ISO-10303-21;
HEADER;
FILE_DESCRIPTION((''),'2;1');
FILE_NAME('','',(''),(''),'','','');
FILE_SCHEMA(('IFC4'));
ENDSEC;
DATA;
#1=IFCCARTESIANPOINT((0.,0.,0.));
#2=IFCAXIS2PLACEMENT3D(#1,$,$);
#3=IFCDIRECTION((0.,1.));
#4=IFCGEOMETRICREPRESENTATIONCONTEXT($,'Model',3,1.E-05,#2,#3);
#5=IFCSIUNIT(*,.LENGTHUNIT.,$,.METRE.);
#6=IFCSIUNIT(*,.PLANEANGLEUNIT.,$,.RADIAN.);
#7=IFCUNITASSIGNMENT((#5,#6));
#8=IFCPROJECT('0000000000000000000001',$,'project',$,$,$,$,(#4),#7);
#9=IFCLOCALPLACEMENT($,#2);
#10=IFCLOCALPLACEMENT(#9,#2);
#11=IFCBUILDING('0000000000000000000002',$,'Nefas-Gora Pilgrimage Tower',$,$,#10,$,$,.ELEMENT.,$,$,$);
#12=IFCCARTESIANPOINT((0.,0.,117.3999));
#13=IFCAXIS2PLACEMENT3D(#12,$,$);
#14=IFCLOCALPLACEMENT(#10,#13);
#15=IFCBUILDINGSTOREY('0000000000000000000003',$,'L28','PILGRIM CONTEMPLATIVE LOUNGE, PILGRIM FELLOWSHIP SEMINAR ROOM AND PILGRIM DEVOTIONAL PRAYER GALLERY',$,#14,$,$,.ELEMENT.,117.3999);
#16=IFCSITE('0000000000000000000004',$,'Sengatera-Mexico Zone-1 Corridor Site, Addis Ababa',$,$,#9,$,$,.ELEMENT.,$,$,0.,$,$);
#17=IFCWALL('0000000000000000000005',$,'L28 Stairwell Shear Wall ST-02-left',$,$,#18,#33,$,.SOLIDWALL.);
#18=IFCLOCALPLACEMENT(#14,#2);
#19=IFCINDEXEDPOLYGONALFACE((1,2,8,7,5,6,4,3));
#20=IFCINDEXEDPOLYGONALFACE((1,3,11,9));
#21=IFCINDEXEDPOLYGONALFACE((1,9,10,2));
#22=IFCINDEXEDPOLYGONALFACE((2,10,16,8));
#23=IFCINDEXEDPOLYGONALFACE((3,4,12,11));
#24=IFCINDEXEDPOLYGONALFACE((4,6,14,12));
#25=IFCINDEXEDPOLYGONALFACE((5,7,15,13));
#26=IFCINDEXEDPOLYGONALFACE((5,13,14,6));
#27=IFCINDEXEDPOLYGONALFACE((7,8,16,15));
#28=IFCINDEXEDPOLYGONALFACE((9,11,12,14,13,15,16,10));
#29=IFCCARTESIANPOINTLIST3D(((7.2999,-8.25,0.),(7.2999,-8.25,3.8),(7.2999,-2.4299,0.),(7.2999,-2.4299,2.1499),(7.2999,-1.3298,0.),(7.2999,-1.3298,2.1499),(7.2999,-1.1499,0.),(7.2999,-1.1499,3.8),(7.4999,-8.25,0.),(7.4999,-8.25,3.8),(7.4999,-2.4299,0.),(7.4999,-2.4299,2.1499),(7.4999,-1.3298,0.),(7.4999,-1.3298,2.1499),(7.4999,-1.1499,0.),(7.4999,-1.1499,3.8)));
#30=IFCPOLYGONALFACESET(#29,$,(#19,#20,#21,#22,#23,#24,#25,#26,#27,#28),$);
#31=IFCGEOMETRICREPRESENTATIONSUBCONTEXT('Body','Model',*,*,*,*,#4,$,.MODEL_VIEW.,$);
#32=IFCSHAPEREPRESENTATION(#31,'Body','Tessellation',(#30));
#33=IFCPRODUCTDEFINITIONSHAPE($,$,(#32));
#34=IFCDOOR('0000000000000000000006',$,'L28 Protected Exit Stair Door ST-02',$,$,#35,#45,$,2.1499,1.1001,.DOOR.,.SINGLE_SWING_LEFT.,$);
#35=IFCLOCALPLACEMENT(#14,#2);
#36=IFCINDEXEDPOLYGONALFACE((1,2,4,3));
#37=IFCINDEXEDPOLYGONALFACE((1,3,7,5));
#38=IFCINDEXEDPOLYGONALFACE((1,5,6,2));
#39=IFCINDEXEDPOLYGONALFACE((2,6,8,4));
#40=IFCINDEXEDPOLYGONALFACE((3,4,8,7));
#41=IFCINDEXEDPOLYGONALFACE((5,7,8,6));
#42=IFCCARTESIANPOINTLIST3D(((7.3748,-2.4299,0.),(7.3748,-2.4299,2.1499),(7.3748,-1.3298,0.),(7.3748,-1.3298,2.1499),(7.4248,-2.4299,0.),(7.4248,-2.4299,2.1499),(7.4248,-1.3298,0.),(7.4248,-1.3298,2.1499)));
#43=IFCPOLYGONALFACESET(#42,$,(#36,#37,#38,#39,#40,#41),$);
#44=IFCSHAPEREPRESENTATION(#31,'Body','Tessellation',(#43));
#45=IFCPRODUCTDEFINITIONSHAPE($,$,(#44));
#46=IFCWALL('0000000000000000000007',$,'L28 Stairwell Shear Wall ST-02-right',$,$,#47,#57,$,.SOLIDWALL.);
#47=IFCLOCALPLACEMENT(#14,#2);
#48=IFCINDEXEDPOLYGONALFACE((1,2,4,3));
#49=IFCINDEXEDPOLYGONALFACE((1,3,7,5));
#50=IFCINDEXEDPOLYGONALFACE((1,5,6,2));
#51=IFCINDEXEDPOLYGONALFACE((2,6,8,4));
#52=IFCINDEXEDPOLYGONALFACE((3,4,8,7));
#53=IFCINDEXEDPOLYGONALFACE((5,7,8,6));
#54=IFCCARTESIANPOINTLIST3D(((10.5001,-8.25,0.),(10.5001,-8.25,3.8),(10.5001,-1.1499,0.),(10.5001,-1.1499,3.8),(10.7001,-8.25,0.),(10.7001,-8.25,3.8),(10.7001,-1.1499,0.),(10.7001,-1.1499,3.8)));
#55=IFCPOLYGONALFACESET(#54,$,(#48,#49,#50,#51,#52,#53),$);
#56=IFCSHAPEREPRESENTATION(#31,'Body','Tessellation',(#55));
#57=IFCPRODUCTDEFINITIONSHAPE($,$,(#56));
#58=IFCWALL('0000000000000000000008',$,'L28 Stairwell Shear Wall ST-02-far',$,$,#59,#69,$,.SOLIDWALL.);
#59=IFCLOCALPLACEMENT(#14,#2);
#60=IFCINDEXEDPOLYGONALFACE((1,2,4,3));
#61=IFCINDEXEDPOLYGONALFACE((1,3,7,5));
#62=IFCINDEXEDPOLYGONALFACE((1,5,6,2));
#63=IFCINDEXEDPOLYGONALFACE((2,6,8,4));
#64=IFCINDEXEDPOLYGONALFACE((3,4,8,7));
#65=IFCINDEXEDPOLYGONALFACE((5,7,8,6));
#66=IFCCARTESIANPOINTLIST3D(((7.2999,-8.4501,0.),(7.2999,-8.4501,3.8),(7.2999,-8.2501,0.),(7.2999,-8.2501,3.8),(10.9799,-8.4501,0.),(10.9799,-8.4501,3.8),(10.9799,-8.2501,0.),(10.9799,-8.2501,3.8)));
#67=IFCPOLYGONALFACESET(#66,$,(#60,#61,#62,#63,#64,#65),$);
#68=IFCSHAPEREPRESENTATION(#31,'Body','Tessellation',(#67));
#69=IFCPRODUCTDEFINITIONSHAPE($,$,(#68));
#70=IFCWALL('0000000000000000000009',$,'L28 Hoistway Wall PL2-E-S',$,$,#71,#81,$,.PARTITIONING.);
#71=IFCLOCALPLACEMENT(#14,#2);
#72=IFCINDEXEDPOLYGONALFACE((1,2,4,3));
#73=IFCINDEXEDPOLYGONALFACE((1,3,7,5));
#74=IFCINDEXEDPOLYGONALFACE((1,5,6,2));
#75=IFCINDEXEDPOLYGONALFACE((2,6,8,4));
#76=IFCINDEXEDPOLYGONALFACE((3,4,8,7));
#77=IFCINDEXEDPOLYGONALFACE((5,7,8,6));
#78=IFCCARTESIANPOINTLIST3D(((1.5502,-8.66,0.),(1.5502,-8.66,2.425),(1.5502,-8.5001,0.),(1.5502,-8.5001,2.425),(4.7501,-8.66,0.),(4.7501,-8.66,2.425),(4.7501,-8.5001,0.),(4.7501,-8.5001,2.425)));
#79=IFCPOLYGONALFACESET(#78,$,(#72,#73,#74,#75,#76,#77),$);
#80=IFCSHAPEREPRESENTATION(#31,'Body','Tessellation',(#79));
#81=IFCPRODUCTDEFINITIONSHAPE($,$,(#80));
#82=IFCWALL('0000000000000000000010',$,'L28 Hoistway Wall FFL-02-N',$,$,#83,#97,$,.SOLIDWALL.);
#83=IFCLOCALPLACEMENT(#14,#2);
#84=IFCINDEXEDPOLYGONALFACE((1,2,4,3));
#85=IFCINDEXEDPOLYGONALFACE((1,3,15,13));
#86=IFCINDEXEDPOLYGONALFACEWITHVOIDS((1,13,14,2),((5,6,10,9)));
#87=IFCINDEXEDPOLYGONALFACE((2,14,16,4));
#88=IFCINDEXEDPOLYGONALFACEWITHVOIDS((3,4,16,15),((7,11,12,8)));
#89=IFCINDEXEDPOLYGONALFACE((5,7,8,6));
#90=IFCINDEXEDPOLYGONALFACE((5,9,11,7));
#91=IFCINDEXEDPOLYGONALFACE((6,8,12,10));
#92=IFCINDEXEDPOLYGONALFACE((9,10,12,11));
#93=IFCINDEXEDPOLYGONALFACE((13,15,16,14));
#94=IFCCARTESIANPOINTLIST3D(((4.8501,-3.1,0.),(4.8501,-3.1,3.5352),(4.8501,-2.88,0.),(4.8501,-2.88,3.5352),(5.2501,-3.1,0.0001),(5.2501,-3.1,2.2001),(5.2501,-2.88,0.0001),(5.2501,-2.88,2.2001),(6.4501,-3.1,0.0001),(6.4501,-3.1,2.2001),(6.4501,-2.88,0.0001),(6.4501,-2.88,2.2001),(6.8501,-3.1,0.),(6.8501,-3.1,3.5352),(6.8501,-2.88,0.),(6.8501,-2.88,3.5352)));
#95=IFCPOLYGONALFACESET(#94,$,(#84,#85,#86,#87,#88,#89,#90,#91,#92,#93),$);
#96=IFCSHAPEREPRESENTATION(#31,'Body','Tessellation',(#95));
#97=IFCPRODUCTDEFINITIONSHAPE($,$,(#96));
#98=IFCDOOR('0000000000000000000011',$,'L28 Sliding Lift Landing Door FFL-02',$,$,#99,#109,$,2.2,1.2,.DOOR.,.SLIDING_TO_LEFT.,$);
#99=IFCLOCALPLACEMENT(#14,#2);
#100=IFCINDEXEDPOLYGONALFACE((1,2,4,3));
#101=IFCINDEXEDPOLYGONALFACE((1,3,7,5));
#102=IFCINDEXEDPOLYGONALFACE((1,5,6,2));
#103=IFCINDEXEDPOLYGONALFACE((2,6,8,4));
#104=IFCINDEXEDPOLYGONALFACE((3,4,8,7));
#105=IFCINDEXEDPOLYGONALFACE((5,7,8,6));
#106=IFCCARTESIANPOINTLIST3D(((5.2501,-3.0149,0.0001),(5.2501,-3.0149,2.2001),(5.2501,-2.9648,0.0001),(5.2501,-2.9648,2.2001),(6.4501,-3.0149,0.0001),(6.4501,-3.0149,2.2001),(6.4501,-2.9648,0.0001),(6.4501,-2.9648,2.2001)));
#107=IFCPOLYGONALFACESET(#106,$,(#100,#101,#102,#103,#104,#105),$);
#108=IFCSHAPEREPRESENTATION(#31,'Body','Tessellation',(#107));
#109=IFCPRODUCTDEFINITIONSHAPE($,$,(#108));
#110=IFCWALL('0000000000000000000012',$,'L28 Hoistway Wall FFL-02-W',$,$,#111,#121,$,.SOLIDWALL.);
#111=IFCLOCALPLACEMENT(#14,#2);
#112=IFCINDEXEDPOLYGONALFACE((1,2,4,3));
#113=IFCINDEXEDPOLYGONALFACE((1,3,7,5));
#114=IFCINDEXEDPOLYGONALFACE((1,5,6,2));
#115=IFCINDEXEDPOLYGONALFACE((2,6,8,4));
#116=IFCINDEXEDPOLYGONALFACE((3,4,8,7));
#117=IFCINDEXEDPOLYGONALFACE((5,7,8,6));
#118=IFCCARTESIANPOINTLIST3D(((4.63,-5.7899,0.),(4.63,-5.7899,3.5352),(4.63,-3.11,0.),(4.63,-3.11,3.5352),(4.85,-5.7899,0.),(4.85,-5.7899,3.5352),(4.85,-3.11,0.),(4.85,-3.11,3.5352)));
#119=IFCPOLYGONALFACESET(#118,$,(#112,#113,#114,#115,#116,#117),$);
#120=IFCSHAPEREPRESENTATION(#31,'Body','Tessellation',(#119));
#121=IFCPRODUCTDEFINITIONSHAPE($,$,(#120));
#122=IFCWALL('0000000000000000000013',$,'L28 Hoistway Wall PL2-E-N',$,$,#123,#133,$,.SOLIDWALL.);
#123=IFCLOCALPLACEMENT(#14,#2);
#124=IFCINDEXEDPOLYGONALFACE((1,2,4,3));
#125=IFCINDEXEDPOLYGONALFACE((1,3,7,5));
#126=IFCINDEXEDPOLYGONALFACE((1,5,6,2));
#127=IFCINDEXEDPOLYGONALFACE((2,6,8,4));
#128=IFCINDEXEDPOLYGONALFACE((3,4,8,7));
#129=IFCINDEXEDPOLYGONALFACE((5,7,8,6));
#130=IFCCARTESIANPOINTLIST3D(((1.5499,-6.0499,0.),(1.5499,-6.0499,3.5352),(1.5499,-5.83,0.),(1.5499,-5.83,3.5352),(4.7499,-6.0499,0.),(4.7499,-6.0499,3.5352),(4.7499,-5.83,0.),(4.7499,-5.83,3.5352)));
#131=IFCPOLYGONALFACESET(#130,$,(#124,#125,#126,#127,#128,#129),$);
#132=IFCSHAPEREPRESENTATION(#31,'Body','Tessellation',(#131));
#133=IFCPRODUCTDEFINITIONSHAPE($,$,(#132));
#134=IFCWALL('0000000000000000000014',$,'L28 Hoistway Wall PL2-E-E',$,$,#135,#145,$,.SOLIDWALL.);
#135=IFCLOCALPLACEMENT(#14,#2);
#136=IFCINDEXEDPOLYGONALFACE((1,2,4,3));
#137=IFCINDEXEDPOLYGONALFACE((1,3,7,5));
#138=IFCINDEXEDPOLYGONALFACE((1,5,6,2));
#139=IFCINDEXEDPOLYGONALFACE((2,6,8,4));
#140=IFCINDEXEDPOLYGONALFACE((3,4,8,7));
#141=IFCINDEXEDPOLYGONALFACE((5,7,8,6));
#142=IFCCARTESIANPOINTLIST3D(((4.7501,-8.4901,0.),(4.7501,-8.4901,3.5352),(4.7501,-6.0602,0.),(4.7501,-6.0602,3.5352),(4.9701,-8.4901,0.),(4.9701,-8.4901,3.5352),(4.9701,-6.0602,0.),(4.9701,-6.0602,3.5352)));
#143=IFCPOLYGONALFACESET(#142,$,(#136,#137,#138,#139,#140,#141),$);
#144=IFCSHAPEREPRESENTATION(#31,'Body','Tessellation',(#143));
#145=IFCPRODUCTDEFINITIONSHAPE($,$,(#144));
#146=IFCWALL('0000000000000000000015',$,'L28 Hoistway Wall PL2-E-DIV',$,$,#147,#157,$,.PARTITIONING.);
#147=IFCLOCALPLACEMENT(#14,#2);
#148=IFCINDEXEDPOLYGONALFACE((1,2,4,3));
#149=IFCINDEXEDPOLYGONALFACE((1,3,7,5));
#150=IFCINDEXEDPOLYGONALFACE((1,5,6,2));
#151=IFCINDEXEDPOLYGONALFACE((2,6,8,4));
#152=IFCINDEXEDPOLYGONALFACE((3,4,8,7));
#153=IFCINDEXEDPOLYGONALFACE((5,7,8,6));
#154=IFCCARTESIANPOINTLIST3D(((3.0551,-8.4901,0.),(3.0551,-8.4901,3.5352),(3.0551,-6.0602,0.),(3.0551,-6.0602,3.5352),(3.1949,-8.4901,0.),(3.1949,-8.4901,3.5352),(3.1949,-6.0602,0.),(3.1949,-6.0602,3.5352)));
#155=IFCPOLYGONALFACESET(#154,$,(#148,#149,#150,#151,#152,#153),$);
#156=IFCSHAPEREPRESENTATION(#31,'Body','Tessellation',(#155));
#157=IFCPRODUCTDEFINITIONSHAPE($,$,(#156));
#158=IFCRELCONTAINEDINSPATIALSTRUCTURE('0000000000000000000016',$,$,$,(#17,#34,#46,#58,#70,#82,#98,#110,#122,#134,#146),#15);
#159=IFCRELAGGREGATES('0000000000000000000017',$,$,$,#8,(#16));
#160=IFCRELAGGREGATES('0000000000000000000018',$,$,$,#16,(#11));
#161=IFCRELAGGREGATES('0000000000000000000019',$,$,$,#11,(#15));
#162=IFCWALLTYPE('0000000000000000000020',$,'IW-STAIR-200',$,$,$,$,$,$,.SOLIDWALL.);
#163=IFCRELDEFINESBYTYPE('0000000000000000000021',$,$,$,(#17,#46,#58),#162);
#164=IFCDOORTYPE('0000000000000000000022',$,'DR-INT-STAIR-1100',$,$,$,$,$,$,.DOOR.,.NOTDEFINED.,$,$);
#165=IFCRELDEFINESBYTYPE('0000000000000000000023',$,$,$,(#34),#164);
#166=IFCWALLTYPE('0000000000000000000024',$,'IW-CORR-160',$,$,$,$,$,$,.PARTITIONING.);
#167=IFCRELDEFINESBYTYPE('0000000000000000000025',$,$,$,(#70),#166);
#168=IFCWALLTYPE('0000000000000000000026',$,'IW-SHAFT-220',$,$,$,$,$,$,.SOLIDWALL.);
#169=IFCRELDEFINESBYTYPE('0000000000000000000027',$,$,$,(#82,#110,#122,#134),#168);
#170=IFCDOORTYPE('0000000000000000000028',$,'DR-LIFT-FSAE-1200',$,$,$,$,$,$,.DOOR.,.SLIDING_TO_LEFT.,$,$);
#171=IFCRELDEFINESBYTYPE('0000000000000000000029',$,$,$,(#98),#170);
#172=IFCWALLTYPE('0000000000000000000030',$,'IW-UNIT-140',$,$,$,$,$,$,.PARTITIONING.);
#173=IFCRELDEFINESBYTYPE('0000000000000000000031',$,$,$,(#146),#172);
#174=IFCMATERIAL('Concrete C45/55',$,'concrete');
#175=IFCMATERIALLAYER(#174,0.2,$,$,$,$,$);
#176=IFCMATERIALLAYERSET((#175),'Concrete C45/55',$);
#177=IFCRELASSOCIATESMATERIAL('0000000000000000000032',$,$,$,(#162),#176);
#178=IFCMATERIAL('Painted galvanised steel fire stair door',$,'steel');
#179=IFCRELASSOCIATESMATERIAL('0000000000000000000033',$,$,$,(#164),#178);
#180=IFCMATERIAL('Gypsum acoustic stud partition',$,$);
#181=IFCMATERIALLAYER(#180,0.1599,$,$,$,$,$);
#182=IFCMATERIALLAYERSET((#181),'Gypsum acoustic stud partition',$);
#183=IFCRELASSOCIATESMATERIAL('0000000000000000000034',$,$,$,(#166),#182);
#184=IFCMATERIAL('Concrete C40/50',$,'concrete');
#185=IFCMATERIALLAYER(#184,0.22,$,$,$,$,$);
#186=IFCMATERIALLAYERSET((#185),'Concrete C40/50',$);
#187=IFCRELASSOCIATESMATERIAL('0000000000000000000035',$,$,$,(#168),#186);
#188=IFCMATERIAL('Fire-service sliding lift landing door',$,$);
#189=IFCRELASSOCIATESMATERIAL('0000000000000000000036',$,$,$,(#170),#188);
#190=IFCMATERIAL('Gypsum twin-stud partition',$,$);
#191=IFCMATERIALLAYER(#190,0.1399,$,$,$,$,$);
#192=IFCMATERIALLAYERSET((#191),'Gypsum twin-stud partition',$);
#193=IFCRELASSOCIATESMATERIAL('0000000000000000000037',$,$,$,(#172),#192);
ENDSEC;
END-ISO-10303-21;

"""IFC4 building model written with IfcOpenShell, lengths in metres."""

from ifc_helpers import new_model, si_unit, direction, frame, frame_2d, origin, place, context, subcontext, project, spatial, rectangle, extrude, source, transform, mapped, material, layer, layer_set, type_object, element, fill, save


model = new_model("IFC4")

# Units and contexts
model_context = context("Model", 3, precision=1e-05, world=origin(), true_north=direction((0.0, 1.0)))
body_context = subcontext(model_context, "Body", "Model", "MODEL_VIEW")
ifc_project = project(units=[si_unit("LENGTHUNIT", "METRE"), si_unit("PLANEANGLEUNIT", "RADIAN")], contexts=[model_context])

# Site, building, storey
site_placement = place(None, origin())
site = spatial("IfcSite", under=ifc_project, at=site_placement, Name="Sengatera-Mexico Zone-1 Corridor Site, Addis Ababa", CompositionType="ELEMENT", RefElevation=0.0)
building_placement = place(site_placement, origin())
building = spatial("IfcBuilding", under=site, at=building_placement, Name="Nefas-Gora Pilgrimage Tower", CompositionType="ELEMENT")
storey_placement = place(building_placement, frame((0.0, 0.0, 117.3999)))
storey = spatial("IfcBuildingStorey", under=building, at=storey_placement, Name="L28", Description="PILGRIM CONTEMPLATIVE LOUNGE, PILGRIM FELLOWSHIP SEMINAR ROOM AND PILGRIM DEVOTIONAL PRAYER GALLERY", CompositionType="ELEMENT", Elevation=117.3999)

# Shared definitions
ifc_material_1 = material(Name="Concrete C45/55", Category="concrete")
ifc_layer_1 = layer(ifc_material_1, 0.2)
ifc_layer_set_1 = layer_set([ifc_layer_1], Name="Concrete C45/55")
wall_type_1 = type_object("IfcWallType", Name="IW-STAIR-200", PredefinedType="SOLIDWALL", material=ifc_layer_set_1)

# Wall, opening, door
shared_shape_1 = source(origin(), body_context, "Body", "SweptSolid", [
    extrude(rectangle(XDim=7.1001, YDim=0.2, at=frame_2d((3.55, 0.0))), origin(), (0.0, 0.0, 1.0), 3.8),
])
wall_1_placement = place(storey_placement, frame((7.3999, -1.1499, 0.0), z_axis=(0.0, 0.0, 1.0), x_axis=(0.0, -1.0, 0.0)))
wall_1 = element("IfcWall", 1, at=wall_1_placement, inside=storey, type_object=wall_type_1, Name="L28 Stairwell Shear Wall ST-02-left", PredefinedType="SOLIDWALL", context=body_context, shape_type="MappedRepresentation", body=[
    mapped(shared_shape_1, transform((0.0, 0.0, 0.0), x_axis=(1.0, 0.0, 0.0), y_axis=(0.0, 1.0, 0.0), z_axis=(0.0, 0.0, 1.0), scale=1.0)),
])
opening_1_placement = place(wall_1_placement, frame((0.1799, 0.0, 0.0)))
opening_1 = element("IfcOpeningElement", 2, at=opening_1_placement, cuts=wall_1, PredefinedType="OPENING", context=body_context, shape_type="SweptSolid", body=[
    extrude(rectangle(XDim=1.1001, YDim=2.1499, at=frame_2d((0.55, 1.075))), frame((0.0, 0.1099, 0.0), z_axis=(0.0, -1.0, 0.0), x_axis=(1.0, 0.0, 0.0)), (0.0, 0.0, 1.0), 0.22),
])
ifc_material_2 = material(Name="Painted galvanised steel fire stair door", Category="steel")
door_type_1 = type_object("IfcDoorType", Name="DR-INT-STAIR-1100", OperationType="NOTDEFINED", PredefinedType="DOOR", material=ifc_material_2)
shared_shape_2 = source(origin(), body_context, "Body", "SweptSolid", [
    extrude(rectangle(XDim=1.1001, YDim=2.1499, at=frame_2d((0.55, 1.075))), frame((0.0, 0.0249, 0.0), z_axis=(0.0, -1.0, 0.0), x_axis=(1.0, 0.0, 0.0)), (0.0, 0.0, 1.0), 0.05),
])
door_1_placement = place(opening_1_placement, origin())
door_1 = element("IfcDoor", 3, at=door_1_placement, inside=storey, type_object=door_type_1, Name="L28 Protected Exit Stair Door ST-02", OperationType="SINGLE_SWING_LEFT", OverallHeight=2.1499, OverallWidth=1.1001, PredefinedType="DOOR", context=body_context, shape_type="MappedRepresentation", body=[
    mapped(shared_shape_2, transform((0.0, 0.0, 0.0), x_axis=(1.0, 0.0, 0.0), y_axis=(0.0, 1.0, 0.0), z_axis=(0.0, 0.0, 1.0), scale=1.0)),
])
fill(opening_1, door_1)

# Walls
wall_2_placement = place(storey_placement, frame((10.6001, -1.1499, 0.0), z_axis=(0.0, 0.0, 1.0), x_axis=(0.0, -1.0, 0.0)))
element("IfcWall", 4, at=wall_2_placement, inside=storey, type_object=wall_type_1, Name="L28 Stairwell Shear Wall ST-02-right", PredefinedType="SOLIDWALL", context=body_context, shape_type="MappedRepresentation", body=[
    mapped(shared_shape_1, transform((0.0, 0.0, 0.0), x_axis=(1.0, 0.0, 0.0), y_axis=(0.0, 1.0, 0.0), z_axis=(0.0, 0.0, 1.0), scale=1.0)),
])
shared_shape_3 = source(origin(), body_context, "Body", "SweptSolid", [
    extrude(rectangle(XDim=3.6799, YDim=0.2, at=frame_2d((1.8398, 0.0))), origin(), (0.0, 0.0, 1.0), 3.8),
])
wall_3_placement = place(storey_placement, frame((7.3, -8.3501, 0.0), z_axis=(0.0, 0.0, 1.0), x_axis=(1.0, 0.0, 0.0)))
element("IfcWall", 5, at=wall_3_placement, inside=storey, type_object=wall_type_1, Name="L28 Stairwell Shear Wall ST-02-far", PredefinedType="SOLIDWALL", context=body_context, shape_type="MappedRepresentation", body=[
    mapped(shared_shape_3, transform((0.0, 0.0, 0.0), x_axis=(1.0, 0.0, 0.0), y_axis=(0.0, 1.0, 0.0), z_axis=(0.0, 0.0, 1.0), scale=1.0)),
])
ifc_material_3 = material(Name="Gypsum acoustic stud partition")
ifc_layer_2 = layer(ifc_material_3, 0.1599)
ifc_layer_set_2 = layer_set([ifc_layer_2], Name="Gypsum acoustic stud partition")
wall_type_2 = type_object("IfcWallType", Name="IW-CORR-160", PredefinedType="PARTITIONING", material=ifc_layer_set_2)
shared_shape_4 = source(origin(), body_context, "Body", "SweptSolid", [
    extrude(rectangle(XDim=3.2, YDim=0.1599, at=frame_2d((1.6001, 0.0))), origin(), (0.0, 0.0, 1.0), 2.425),
])
wall_4_placement = place(storey_placement, frame((1.55, -8.5801, 0.0), z_axis=(0.0, 0.0, 1.0), x_axis=(1.0, 0.0, 0.0)))
element("IfcWall", 6, at=wall_4_placement, inside=storey, type_object=wall_type_2, Name="L28 Hoistway Wall PL2-E-S", PredefinedType="PARTITIONING", context=body_context, shape_type="MappedRepresentation", body=[
    mapped(shared_shape_4, transform((0.0, 0.0, 0.0), x_axis=(1.0, 0.0, 0.0), y_axis=(0.0, 1.0, 0.0), z_axis=(0.0, 0.0, 1.0), scale=1.0)),
])

# Wall, opening, door
ifc_material_4 = material(Name="Concrete C40/50", Category="concrete")
ifc_layer_3 = layer(ifc_material_4, 0.22)
ifc_layer_set_3 = layer_set([ifc_layer_3], Name="Concrete C40/50")
wall_type_3 = type_object("IfcWallType", Name="IW-SHAFT-220", PredefinedType="SOLIDWALL", material=ifc_layer_set_3)
shared_shape_5 = source(origin(), body_context, "Body", "SweptSolid", [
    extrude(rectangle(XDim=2.0, YDim=0.22, at=frame_2d((1.0, 0.0))), origin(), (0.0, 0.0, 1.0), 3.5352),
])
wall_5_placement = place(storey_placement, frame((6.8501, -2.99, 0.0), z_axis=(0.0, 0.0, 1.0), x_axis=(-1.0, 0.0, 0.0)))
wall_5 = element("IfcWall", 7, at=wall_5_placement, inside=storey, type_object=wall_type_3, Name="L28 Hoistway Wall FFL-02-N", PredefinedType="SOLIDWALL", context=body_context, shape_type="MappedRepresentation", body=[
    mapped(shared_shape_5, transform((0.0, 0.0, 0.0), x_axis=(1.0, 0.0, 0.0), y_axis=(0.0, 1.0, 0.0), z_axis=(0.0, 0.0, 1.0), scale=1.0)),
])
opening_2_placement = place(wall_5_placement, frame((0.3999, 0.0, 0.0)))
opening_2 = element("IfcOpeningElement", 8, at=opening_2_placement, cuts=wall_5, PredefinedType="OPENING", context=body_context, shape_type="SweptSolid", body=[
    extrude(rectangle(XDim=1.2, YDim=2.2, at=frame_2d((0.6001, 1.1001))), frame((0.0, 0.1199, 0.0), z_axis=(0.0, -1.0, 0.0), x_axis=(1.0, 0.0, 0.0)), (0.0, 0.0, 1.0), 0.24),
])
ifc_material_5 = material(Name="Fire-service sliding lift landing door")
door_type_2 = type_object("IfcDoorType", Name="DR-LIFT-FSAE-1200", OperationType="SLIDING_TO_LEFT", PredefinedType="DOOR", material=ifc_material_5)
shared_shape_6 = source(origin(), body_context, "Body", "SweptSolid", [
    extrude(rectangle(XDim=1.2, YDim=2.2, at=frame_2d((0.6001, 1.1001))), frame((0.0, 0.0249, 0.0), z_axis=(0.0, -1.0, 0.0), x_axis=(1.0, 0.0, 0.0)), (0.0, 0.0, 1.0), 0.05),
])
door_2_placement = place(opening_2_placement, origin())
door_2 = element("IfcDoor", 9, at=door_2_placement, inside=storey, type_object=door_type_2, Name="L28 Sliding Lift Landing Door FFL-02", OperationType="SLIDING_TO_LEFT", OverallHeight=2.2, OverallWidth=1.2, PredefinedType="DOOR", context=body_context, shape_type="MappedRepresentation", body=[
    mapped(shared_shape_6, transform((0.0, 0.0, 0.0), x_axis=(1.0, 0.0, 0.0), y_axis=(0.0, 1.0, 0.0), z_axis=(0.0, 0.0, 1.0), scale=1.0)),
])
fill(opening_2, door_2)

# Walls
shared_shape_7 = source(origin(), body_context, "Body", "SweptSolid", [
    extrude(rectangle(XDim=2.6799, YDim=0.22, at=frame_2d((1.3398, 0.0))), origin(), (0.0, 0.0, 1.0), 3.5352),
])
wall_6_placement = place(storey_placement, frame((4.74, -3.1101, 0.0), z_axis=(0.0, 0.0, 1.0), x_axis=(0.0, -1.0, 0.0)))
element("IfcWall", 10, at=wall_6_placement, inside=storey, type_object=wall_type_3, Name="L28 Hoistway Wall FFL-02-W", PredefinedType="SOLIDWALL", context=body_context, shape_type="MappedRepresentation", body=[
    mapped(shared_shape_7, transform((0.0, 0.0, 0.0), x_axis=(1.0, 0.0, 0.0), y_axis=(0.0, 1.0, 0.0), z_axis=(0.0, 0.0, 1.0), scale=1.0)),
])
shared_shape_8 = source(origin(), body_context, "Body", "SweptSolid", [
    extrude(rectangle(XDim=3.2, YDim=0.22, at=frame_2d((1.6001, 0.0))), origin(), (0.0, 0.0, 1.0), 3.5352),
])
wall_7_placement = place(storey_placement, frame((4.75, -5.9399, 0.0), z_axis=(0.0, 0.0, 1.0), x_axis=(-1.0, 0.0, 0.0)))
element("IfcWall", 11, at=wall_7_placement, inside=storey, type_object=wall_type_3, Name="L28 Hoistway Wall PL2-E-N", PredefinedType="SOLIDWALL", context=body_context, shape_type="MappedRepresentation", body=[
    mapped(shared_shape_8, transform((0.0, 0.0, 0.0), x_axis=(1.0, 0.0, 0.0), y_axis=(0.0, 1.0, 0.0), z_axis=(0.0, 0.0, 1.0), scale=1.0)),
])
shared_shape_9 = source(origin(), body_context, "Body", "SweptSolid", [
    extrude(rectangle(XDim=2.4299, YDim=0.22, at=frame_2d((1.2148, 0.0))), origin(), (0.0, 0.0, 1.0), 3.5352),
])
for number, where, z_axis, x_axis, name in (
    (12, (4.8601, -8.49, 0.0), (0.0, 0.0, 1.0), (0.0, 1.0, 0.0), "L28 Hoistway Wall PL2-E-E"),
):
    element("IfcWall", number, at=place(storey_placement, frame(where, z_axis=z_axis, x_axis=x_axis)), inside=storey, type_object=wall_type_3, Name=name, PredefinedType="SOLIDWALL", context=body_context, shape_type="MappedRepresentation", body=[
        mapped(shared_shape_9, transform((0.0, 0.0, 0.0), x_axis=(1.0, 0.0, 0.0), y_axis=(0.0, 1.0, 0.0), z_axis=(0.0, 0.0, 1.0), scale=1.0)),
    ])
ifc_material_6 = material(Name="Gypsum twin-stud partition")
ifc_layer_4 = layer(ifc_material_6, 0.1399)
ifc_layer_set_4 = layer_set([ifc_layer_4], Name="Gypsum twin-stud partition")
wall_type_4 = type_object("IfcWallType", Name="IW-UNIT-140", PredefinedType="PARTITIONING", material=ifc_layer_set_4)
shared_shape_10 = source(origin(), body_context, "Body", "SweptSolid", [
    extrude(rectangle(XDim=2.4299, YDim=0.1399, at=frame_2d((1.2148, 0.0))), origin(), (0.0, 0.0, 1.0), 3.5352),
])
wall_8_placement = place(storey_placement, frame((3.125, -8.49, 0.0), z_axis=(0.0, 0.0, 1.0), x_axis=(0.0, 1.0, 0.0)))
element("IfcWall", 13, at=wall_8_placement, inside=storey, type_object=wall_type_4, Name="L28 Hoistway Wall PL2-E-DIV", PredefinedType="PARTITIONING", context=body_context, shape_type="MappedRepresentation", body=[
    mapped(shared_shape_10, transform((0.0, 0.0, 0.0), x_axis=(1.0, 0.0, 0.0), y_axis=(0.0, 1.0, 0.0), z_axis=(0.0, 0.0, 1.0), scale=1.0)),
])

save(model, "model.ifc")
